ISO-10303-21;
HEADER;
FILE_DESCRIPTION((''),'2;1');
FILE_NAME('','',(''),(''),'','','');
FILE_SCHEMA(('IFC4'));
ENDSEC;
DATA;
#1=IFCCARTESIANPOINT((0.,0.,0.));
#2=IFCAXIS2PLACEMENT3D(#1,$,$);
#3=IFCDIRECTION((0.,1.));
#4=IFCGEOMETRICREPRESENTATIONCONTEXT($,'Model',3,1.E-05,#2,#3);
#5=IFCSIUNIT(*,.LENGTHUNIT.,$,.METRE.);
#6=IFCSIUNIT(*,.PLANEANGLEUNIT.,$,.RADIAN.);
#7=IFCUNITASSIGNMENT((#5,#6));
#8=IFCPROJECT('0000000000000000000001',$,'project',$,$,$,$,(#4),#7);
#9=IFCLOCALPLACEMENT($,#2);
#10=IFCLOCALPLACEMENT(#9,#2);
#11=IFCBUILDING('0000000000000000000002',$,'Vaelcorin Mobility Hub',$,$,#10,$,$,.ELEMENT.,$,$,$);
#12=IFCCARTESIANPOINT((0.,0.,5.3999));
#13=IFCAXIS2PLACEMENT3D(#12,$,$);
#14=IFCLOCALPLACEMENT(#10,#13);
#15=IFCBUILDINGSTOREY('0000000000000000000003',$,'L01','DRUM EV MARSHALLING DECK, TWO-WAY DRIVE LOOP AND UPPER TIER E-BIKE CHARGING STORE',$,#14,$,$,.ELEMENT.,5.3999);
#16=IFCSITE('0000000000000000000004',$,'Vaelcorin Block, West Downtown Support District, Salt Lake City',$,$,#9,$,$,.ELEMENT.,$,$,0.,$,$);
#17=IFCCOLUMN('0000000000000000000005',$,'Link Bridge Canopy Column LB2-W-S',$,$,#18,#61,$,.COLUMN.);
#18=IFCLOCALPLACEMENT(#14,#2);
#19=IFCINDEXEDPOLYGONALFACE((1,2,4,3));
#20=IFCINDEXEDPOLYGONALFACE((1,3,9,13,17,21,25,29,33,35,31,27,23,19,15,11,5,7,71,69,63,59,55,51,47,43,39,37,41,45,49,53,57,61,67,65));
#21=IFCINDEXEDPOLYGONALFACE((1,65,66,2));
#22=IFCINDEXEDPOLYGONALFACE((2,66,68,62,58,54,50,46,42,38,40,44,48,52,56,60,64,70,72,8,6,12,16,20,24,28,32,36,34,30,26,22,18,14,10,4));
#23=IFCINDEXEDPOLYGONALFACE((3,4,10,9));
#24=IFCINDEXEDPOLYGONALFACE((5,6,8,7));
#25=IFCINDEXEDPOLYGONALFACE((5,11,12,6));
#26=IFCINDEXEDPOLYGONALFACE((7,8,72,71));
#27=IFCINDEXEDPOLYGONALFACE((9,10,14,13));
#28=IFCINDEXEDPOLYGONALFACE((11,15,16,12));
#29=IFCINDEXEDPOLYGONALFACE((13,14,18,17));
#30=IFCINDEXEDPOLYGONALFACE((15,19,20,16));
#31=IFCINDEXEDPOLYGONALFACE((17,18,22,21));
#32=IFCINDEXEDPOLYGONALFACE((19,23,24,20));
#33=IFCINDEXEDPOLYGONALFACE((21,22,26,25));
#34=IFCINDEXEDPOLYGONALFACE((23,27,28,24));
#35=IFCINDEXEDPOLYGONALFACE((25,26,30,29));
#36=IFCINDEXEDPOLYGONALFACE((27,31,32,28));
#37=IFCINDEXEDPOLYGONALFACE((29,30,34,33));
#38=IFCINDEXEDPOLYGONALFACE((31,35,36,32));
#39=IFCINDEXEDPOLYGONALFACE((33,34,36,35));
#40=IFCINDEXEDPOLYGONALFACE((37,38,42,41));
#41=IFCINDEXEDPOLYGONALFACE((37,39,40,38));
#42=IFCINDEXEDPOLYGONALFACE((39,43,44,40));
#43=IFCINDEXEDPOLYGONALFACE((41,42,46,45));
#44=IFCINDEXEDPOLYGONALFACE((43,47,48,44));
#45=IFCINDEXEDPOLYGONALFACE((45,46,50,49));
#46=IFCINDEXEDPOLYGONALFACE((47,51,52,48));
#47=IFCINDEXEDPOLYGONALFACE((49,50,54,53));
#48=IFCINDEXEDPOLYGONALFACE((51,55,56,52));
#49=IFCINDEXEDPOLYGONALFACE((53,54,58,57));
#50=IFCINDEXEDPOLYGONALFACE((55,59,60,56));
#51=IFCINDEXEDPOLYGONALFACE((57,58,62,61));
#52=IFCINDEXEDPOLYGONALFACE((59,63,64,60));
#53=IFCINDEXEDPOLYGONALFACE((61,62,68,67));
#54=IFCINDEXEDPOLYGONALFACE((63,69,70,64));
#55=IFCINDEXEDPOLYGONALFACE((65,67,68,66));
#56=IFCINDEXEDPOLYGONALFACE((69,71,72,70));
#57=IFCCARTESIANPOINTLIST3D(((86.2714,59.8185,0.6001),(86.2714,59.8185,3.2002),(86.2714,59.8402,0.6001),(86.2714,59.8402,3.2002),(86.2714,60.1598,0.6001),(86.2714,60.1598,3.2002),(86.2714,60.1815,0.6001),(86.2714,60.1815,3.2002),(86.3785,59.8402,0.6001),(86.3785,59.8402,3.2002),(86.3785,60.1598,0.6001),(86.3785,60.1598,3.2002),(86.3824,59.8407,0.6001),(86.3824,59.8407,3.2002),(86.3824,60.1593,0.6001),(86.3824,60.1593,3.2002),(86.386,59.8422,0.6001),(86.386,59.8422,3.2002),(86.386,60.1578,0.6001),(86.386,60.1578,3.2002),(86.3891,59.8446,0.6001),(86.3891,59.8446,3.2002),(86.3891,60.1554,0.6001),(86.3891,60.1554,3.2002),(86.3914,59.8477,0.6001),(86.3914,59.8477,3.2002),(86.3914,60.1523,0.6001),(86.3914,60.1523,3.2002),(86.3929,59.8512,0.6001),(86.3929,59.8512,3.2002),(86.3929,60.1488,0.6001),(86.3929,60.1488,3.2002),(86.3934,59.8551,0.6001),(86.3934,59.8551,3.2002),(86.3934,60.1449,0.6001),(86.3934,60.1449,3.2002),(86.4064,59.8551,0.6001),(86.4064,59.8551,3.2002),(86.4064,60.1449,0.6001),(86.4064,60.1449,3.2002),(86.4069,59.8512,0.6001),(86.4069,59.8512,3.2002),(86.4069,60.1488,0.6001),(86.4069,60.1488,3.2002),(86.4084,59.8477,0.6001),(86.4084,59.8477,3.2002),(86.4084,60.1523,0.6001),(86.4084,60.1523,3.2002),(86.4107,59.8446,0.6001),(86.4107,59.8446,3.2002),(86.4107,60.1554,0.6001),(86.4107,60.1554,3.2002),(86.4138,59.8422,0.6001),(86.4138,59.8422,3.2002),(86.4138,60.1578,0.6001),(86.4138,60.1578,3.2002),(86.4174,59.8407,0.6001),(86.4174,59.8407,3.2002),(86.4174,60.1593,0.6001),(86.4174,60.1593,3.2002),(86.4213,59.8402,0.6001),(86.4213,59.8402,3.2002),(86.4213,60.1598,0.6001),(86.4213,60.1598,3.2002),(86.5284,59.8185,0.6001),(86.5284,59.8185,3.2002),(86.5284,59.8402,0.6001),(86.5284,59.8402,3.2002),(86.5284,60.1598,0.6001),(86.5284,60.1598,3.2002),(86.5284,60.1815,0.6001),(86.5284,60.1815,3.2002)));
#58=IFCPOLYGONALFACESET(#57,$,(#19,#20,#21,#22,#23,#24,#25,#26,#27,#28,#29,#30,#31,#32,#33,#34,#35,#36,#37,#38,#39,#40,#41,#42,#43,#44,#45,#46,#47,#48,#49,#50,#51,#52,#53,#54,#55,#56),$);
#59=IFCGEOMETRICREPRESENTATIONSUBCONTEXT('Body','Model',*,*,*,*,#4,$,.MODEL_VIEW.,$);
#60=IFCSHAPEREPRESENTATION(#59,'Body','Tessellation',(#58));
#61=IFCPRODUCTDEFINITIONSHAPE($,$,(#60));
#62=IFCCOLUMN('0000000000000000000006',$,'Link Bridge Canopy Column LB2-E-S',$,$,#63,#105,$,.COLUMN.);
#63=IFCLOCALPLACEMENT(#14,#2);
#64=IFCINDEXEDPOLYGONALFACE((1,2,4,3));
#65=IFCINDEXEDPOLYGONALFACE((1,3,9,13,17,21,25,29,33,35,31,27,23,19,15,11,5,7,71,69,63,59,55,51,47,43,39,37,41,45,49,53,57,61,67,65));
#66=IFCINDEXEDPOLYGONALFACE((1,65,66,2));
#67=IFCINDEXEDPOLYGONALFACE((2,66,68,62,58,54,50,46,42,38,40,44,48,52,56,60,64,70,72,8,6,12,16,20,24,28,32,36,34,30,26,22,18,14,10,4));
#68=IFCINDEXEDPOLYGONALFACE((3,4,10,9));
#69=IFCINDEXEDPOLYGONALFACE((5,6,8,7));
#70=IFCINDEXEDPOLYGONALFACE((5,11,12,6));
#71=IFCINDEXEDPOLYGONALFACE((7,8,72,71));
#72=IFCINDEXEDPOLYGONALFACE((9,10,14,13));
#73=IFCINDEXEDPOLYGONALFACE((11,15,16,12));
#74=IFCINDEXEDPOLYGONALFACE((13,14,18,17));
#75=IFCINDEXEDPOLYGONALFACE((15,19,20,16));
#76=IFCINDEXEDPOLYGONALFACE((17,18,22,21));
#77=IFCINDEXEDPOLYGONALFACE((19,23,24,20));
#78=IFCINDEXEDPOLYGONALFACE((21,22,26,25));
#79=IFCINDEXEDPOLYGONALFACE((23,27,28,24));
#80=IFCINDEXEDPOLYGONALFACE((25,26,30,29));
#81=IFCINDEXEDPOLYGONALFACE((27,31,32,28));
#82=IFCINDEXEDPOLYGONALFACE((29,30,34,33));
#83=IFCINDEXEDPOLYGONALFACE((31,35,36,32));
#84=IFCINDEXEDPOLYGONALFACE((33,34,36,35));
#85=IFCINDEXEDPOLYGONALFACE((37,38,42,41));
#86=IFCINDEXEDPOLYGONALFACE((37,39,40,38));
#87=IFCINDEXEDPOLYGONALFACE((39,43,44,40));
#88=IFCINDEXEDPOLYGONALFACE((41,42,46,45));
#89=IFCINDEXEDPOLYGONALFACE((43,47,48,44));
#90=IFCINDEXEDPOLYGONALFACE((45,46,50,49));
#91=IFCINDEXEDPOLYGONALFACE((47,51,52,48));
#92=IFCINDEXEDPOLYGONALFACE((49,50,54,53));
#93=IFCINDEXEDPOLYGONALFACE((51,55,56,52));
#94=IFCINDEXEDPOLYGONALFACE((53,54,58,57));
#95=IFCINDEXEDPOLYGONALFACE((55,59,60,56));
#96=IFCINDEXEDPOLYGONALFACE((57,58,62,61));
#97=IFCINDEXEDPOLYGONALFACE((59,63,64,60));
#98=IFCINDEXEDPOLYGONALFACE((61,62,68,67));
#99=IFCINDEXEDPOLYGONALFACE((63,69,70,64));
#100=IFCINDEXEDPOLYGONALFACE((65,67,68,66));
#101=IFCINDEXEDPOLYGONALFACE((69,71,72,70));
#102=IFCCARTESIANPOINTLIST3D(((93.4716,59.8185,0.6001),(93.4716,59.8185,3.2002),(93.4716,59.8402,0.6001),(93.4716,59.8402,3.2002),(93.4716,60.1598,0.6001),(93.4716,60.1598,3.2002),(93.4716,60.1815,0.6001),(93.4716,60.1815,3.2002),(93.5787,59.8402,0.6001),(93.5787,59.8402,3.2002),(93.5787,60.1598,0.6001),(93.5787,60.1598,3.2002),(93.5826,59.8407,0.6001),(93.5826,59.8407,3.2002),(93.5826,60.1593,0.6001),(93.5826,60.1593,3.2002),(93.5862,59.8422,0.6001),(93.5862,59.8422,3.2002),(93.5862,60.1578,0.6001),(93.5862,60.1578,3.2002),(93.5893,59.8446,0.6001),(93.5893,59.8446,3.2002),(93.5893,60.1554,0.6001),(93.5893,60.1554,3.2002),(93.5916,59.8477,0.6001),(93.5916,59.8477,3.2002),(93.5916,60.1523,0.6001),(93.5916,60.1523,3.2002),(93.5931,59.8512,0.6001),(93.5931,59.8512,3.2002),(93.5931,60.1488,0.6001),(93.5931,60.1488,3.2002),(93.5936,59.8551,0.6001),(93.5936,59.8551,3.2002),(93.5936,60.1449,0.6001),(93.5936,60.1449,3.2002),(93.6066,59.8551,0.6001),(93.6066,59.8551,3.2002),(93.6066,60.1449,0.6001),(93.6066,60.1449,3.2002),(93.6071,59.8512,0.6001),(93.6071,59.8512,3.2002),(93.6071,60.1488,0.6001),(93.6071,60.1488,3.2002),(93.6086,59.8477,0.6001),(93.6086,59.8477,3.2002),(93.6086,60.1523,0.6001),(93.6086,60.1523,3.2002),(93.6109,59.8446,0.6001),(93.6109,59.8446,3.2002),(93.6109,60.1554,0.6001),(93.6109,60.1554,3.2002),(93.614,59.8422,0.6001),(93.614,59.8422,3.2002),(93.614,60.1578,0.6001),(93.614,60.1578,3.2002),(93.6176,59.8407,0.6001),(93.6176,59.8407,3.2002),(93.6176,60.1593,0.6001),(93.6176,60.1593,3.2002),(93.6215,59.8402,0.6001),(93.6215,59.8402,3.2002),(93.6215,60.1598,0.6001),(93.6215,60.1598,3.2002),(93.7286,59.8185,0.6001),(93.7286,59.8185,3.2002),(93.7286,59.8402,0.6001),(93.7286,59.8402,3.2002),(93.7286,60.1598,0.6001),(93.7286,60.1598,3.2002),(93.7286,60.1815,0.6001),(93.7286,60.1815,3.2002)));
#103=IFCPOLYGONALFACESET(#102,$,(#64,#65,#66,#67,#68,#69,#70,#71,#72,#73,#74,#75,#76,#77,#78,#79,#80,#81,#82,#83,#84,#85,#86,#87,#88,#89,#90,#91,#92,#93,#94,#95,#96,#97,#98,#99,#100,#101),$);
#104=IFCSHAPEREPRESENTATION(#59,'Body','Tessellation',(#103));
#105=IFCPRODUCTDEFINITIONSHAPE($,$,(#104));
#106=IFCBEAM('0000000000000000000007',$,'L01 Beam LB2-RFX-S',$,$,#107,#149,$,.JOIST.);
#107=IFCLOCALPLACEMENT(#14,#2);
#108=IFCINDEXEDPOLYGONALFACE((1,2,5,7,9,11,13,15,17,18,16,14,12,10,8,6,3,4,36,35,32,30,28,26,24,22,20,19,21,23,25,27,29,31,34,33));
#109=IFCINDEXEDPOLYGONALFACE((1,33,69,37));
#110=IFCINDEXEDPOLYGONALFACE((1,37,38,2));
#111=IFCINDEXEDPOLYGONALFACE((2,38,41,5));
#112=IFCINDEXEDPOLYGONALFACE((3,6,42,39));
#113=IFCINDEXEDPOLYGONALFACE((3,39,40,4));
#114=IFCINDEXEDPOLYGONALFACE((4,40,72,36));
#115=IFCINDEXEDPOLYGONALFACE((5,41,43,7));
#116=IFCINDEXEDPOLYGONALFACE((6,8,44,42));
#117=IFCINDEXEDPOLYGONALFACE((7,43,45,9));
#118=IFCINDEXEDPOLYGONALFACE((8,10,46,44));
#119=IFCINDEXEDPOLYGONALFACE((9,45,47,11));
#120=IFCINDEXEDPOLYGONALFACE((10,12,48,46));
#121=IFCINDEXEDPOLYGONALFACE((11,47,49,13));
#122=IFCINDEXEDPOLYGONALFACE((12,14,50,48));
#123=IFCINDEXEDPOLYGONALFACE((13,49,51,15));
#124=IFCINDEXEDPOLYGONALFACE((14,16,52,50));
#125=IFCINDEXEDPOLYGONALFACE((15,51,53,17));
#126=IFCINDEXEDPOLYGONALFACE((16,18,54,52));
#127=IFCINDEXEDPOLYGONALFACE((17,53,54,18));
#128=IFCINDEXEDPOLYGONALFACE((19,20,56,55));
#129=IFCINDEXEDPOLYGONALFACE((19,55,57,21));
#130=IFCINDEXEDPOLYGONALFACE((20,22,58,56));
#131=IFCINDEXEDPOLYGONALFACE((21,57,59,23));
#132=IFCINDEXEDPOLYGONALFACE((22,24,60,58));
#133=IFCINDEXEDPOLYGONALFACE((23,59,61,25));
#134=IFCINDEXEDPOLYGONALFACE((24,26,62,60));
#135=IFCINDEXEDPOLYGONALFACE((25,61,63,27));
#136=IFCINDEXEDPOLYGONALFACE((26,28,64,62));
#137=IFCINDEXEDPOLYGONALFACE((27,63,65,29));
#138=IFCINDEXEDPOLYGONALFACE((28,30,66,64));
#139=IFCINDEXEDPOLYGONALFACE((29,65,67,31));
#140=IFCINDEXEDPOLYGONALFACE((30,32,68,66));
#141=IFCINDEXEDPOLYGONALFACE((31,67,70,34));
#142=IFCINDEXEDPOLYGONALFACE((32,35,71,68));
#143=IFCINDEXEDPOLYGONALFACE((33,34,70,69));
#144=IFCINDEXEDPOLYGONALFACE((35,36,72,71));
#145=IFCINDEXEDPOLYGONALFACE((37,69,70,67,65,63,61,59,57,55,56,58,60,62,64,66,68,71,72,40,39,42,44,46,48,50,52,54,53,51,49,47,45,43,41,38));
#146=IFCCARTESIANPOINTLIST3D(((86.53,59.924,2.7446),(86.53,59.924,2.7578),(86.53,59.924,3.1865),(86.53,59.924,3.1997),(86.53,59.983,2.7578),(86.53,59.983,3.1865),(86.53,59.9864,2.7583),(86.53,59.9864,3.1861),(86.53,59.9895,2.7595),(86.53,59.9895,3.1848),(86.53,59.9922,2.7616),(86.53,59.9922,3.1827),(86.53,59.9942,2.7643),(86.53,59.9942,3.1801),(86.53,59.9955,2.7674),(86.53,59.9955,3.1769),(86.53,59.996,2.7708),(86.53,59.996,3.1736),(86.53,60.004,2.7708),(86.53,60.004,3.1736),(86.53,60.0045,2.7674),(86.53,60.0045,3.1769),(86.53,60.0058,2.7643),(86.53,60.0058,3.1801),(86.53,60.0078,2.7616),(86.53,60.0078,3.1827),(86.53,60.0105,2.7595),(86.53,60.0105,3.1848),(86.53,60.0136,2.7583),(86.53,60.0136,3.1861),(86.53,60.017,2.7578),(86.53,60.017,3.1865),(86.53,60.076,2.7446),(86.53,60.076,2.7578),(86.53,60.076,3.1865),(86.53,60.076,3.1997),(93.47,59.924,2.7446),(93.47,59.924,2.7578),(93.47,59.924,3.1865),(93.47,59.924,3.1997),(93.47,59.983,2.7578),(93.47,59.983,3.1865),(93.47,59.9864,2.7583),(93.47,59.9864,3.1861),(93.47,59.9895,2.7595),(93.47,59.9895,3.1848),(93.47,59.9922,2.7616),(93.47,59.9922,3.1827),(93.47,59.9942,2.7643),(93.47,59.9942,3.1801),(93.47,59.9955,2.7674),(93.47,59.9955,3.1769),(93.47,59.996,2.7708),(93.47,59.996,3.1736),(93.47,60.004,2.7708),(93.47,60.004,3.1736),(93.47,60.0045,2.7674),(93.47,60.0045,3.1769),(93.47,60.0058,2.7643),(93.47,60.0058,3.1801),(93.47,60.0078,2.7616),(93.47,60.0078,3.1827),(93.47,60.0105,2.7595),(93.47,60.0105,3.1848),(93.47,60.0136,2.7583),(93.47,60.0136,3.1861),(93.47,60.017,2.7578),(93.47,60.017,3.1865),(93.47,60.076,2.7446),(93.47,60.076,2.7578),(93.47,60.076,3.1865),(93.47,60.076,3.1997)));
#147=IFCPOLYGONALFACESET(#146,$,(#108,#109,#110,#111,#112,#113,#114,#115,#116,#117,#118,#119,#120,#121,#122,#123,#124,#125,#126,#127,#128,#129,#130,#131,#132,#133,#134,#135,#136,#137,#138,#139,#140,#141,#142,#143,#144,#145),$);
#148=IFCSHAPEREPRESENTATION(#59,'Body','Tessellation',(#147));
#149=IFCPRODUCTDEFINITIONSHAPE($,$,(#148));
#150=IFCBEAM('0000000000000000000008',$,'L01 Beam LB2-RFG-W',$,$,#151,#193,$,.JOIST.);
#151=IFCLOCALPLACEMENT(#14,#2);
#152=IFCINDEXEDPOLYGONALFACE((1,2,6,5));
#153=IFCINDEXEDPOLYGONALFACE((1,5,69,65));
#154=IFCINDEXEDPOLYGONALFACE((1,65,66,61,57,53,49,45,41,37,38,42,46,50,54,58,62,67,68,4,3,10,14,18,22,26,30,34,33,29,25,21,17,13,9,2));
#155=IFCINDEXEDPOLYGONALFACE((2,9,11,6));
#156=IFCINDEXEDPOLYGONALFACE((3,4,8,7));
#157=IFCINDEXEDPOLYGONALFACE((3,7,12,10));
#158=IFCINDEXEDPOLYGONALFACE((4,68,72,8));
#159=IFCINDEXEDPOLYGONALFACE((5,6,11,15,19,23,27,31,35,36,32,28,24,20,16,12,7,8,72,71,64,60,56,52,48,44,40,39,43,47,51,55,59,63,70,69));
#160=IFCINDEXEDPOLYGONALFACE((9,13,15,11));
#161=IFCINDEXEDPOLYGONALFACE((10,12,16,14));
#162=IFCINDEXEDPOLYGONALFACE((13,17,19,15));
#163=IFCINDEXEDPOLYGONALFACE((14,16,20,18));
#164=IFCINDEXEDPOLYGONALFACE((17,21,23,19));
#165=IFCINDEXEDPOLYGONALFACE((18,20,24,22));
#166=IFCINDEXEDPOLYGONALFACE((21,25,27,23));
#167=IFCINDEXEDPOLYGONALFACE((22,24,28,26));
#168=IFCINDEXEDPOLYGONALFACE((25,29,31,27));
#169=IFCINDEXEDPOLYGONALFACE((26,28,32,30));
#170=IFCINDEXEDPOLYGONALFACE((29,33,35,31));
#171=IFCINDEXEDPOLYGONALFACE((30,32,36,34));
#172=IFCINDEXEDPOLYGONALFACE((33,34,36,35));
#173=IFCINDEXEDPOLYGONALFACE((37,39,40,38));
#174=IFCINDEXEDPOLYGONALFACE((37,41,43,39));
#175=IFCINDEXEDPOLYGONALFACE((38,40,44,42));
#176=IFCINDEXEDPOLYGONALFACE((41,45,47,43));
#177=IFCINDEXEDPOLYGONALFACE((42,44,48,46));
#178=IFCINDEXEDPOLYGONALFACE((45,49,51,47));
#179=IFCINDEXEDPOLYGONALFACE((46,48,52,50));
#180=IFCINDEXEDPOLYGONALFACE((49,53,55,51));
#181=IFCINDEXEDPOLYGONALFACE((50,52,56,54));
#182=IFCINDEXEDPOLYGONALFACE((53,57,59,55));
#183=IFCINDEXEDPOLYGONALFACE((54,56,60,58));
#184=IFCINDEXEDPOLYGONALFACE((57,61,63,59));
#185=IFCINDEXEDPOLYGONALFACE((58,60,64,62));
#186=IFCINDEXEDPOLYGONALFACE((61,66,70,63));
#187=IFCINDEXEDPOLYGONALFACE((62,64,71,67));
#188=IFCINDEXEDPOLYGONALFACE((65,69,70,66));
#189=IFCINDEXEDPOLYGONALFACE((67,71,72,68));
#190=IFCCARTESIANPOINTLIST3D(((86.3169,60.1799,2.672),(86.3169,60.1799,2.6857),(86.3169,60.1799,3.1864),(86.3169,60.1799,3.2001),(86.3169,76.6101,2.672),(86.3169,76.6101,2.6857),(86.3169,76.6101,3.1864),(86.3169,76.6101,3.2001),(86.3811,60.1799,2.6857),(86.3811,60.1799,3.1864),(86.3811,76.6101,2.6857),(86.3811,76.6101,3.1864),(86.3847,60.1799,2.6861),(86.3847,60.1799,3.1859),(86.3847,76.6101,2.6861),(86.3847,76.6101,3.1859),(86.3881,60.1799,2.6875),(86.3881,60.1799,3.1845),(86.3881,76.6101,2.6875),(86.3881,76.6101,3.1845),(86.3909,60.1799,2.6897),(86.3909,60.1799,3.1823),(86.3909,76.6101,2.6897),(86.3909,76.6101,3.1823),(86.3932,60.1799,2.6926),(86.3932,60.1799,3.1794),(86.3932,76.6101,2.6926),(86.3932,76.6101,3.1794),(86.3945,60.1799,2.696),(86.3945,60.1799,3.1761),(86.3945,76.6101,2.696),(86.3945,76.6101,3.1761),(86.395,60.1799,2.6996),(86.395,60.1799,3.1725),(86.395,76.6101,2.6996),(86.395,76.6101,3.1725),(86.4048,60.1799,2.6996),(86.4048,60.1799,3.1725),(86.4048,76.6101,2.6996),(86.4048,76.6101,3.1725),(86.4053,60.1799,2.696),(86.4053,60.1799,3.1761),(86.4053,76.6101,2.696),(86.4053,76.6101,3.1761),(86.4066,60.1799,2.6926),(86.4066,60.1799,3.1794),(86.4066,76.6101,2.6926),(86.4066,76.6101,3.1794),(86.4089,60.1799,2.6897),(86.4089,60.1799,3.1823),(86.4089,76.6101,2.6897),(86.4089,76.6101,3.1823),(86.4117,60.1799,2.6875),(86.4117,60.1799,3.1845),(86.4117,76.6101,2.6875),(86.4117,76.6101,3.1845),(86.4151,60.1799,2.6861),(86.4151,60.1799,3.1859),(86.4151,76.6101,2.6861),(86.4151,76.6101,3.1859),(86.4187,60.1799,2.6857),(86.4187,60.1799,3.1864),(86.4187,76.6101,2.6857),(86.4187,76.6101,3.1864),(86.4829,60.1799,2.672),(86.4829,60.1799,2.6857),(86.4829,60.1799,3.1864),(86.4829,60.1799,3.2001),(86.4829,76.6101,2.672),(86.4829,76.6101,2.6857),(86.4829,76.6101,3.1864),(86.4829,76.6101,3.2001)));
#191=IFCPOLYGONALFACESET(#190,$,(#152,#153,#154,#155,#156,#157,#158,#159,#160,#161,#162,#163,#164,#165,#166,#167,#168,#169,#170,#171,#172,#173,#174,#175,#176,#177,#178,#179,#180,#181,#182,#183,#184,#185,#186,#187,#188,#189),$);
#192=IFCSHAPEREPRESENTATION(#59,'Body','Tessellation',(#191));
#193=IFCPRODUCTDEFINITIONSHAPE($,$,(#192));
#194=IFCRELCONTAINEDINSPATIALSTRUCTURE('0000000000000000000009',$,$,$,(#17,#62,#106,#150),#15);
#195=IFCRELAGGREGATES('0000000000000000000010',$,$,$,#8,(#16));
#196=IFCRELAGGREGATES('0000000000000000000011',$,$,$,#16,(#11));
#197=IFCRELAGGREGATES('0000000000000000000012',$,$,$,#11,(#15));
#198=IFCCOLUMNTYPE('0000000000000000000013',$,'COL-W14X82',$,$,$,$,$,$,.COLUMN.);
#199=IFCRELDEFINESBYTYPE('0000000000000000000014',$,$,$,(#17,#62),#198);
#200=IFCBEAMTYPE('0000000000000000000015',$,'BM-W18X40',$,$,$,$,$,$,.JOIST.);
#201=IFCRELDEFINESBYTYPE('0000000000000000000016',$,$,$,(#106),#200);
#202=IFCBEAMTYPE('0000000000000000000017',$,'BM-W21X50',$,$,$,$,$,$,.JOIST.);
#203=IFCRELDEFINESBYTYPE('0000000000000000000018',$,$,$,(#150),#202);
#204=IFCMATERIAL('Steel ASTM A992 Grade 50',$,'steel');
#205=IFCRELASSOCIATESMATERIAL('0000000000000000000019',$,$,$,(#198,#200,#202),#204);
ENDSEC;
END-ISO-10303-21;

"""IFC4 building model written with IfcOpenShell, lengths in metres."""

from ifc_helpers import new_model, si_unit, direction, frame, origin, origin_2d, place, context, subcontext, project, spatial, i_section, extrude, material, material_profile, profile_set, type_object, element, save


model = new_model("IFC4")

# Units and contexts
model_context = context("Model", 3, precision=1e-05, world=origin(), true_north=direction((0.0, 1.0)))
body_context = subcontext(model_context, "Body", "Model", "MODEL_VIEW")
ifc_project = project(units=[si_unit("LENGTHUNIT", "METRE"), si_unit("PLANEANGLEUNIT", "RADIAN")], contexts=[model_context])

# Site, building, storey
site_placement = place(None, origin())
site = spatial("IfcSite", under=ifc_project, at=site_placement, Name="Vaelcorin Block, West Downtown Support District, Salt Lake City", CompositionType="ELEMENT", RefElevation=0.0)
building_placement = place(site_placement, origin())
building = spatial("IfcBuilding", under=site, at=building_placement, Name="Vaelcorin Mobility Hub", CompositionType="ELEMENT")
storey_placement = place(building_placement, frame((0.0, 0.0, 5.3999)))
storey = spatial("IfcBuildingStorey", under=building, at=storey_placement, Name="L01", Description="DRUM EV MARSHALLING DECK, TWO-WAY DRIVE LOOP AND UPPER TIER E-BIKE CHARGING STORE", CompositionType="ELEMENT", Elevation=5.3999)

# Columns
ifc_material_1 = material(Name="Steel ASTM A992 Grade 50", Category="steel")
ifc_material_profile_1 = material_profile(ifc_material_1, i_section(OverallWidth=0.2571, OverallDepth=0.363, WebThickness=0.0129, FlangeThickness=0.0217, FilletRadius=0.0149, at=origin_2d()), Name="W14X82")
ifc_profile_set_1 = profile_set([ifc_material_profile_1], Name="Steel ASTM A992 Grade 50")
column_type = type_object("IfcColumnType", Name="COL-W14X82", PredefinedType="COLUMN", material=ifc_profile_set_1)
for number, where, z_axis, x_axis, name in (
    (1, (86.3999, 60.0, 0.6001), (0.0, 0.0, 1.0), (1.0, 0.0, 0.0), "Link Bridge Canopy Column LB2-W-S"),
    (2, (93.6001, 60.0, 0.6001), (0.0, 0.0, 1.0), (1.0, 0.0, 0.0), "Link Bridge Canopy Column LB2-E-S"),
):
    element("IfcColumn", number, at=place(storey_placement, frame(where, z_axis=z_axis, x_axis=x_axis)), inside=storey, type_object=column_type, Name=name, PredefinedType="COLUMN", context=body_context, shape_type="SweptSolid", body=[
        extrude(i_section(OverallWidth=0.2571, OverallDepth=0.363, WebThickness=0.0129, FlangeThickness=0.0217, FilletRadius=0.0149, at=origin_2d()), origin(), (0.0, 0.0, 1.0), 2.6001),
    ])

# Beams
ifc_material_profile_2 = material_profile(ifc_material_1, i_section(OverallWidth=0.1521, OverallDepth=0.4551, WebThickness=0.0081, FlangeThickness=0.0132, FilletRadius=0.0129, at=origin_2d()), Name="W18X40")
ifc_profile_set_2 = profile_set([ifc_material_profile_2], Name="Steel ASTM A992 Grade 50")
beam_type_1 = type_object("IfcBeamType", Name="BM-W18X40", PredefinedType="JOIST", material=ifc_profile_set_2)
beam_placement = place(storey_placement, frame((86.53, 60.0, 2.9722), z_axis=(1.0, 0.0, 0.0), x_axis=(0.0, 1.0, 0.0)))
element("IfcBeam", 3, at=beam_placement, inside=storey, type_object=beam_type_1, Name="L01 Beam LB2-RFX-S", PredefinedType="JOIST", context=body_context, shape_type="SweptSolid", body=[
    extrude(i_section(OverallWidth=0.1521, OverallDepth=0.4551, WebThickness=0.0081, FlangeThickness=0.0132, FilletRadius=0.0129, at=origin_2d()), origin(), (0.0, 0.0, 1.0), 6.9399),
])
ifc_material_profile_3 = material_profile(ifc_material_1, i_section(OverallWidth=0.166, OverallDepth=0.5281, WebThickness=0.0098, FlangeThickness=0.0137, FilletRadius=0.0139, at=origin_2d()), Name="W21X50")
ifc_profile_set_3 = profile_set([ifc_material_profile_3], Name="Steel ASTM A992 Grade 50")
beam_type_2 = type_object("IfcBeamType", Name="BM-W21X50", PredefinedType="JOIST", material=ifc_profile_set_3)
for number, where, z_axis, x_axis, name in (
    (4, (86.3999, 60.1799, 2.936), (0.0, 1.0, 0.0), (-1.0, 0.0, 0.0), "L01 Beam LB2-RFG-W"),
):
    element("IfcBeam", number, at=place(storey_placement, frame(where, z_axis=z_axis, x_axis=x_axis)), inside=storey, type_object=beam_type_2, Name=name, PredefinedType="JOIST", context=body_context, shape_type="SweptSolid", body=[
        extrude(i_section(OverallWidth=0.166, OverallDepth=0.5281, WebThickness=0.0098, FlangeThickness=0.0137, FilletRadius=0.0139, at=origin_2d()), origin(), (0.0, 0.0, 1.0), 16.4302),
    ])

save(model, "model.ifc")
